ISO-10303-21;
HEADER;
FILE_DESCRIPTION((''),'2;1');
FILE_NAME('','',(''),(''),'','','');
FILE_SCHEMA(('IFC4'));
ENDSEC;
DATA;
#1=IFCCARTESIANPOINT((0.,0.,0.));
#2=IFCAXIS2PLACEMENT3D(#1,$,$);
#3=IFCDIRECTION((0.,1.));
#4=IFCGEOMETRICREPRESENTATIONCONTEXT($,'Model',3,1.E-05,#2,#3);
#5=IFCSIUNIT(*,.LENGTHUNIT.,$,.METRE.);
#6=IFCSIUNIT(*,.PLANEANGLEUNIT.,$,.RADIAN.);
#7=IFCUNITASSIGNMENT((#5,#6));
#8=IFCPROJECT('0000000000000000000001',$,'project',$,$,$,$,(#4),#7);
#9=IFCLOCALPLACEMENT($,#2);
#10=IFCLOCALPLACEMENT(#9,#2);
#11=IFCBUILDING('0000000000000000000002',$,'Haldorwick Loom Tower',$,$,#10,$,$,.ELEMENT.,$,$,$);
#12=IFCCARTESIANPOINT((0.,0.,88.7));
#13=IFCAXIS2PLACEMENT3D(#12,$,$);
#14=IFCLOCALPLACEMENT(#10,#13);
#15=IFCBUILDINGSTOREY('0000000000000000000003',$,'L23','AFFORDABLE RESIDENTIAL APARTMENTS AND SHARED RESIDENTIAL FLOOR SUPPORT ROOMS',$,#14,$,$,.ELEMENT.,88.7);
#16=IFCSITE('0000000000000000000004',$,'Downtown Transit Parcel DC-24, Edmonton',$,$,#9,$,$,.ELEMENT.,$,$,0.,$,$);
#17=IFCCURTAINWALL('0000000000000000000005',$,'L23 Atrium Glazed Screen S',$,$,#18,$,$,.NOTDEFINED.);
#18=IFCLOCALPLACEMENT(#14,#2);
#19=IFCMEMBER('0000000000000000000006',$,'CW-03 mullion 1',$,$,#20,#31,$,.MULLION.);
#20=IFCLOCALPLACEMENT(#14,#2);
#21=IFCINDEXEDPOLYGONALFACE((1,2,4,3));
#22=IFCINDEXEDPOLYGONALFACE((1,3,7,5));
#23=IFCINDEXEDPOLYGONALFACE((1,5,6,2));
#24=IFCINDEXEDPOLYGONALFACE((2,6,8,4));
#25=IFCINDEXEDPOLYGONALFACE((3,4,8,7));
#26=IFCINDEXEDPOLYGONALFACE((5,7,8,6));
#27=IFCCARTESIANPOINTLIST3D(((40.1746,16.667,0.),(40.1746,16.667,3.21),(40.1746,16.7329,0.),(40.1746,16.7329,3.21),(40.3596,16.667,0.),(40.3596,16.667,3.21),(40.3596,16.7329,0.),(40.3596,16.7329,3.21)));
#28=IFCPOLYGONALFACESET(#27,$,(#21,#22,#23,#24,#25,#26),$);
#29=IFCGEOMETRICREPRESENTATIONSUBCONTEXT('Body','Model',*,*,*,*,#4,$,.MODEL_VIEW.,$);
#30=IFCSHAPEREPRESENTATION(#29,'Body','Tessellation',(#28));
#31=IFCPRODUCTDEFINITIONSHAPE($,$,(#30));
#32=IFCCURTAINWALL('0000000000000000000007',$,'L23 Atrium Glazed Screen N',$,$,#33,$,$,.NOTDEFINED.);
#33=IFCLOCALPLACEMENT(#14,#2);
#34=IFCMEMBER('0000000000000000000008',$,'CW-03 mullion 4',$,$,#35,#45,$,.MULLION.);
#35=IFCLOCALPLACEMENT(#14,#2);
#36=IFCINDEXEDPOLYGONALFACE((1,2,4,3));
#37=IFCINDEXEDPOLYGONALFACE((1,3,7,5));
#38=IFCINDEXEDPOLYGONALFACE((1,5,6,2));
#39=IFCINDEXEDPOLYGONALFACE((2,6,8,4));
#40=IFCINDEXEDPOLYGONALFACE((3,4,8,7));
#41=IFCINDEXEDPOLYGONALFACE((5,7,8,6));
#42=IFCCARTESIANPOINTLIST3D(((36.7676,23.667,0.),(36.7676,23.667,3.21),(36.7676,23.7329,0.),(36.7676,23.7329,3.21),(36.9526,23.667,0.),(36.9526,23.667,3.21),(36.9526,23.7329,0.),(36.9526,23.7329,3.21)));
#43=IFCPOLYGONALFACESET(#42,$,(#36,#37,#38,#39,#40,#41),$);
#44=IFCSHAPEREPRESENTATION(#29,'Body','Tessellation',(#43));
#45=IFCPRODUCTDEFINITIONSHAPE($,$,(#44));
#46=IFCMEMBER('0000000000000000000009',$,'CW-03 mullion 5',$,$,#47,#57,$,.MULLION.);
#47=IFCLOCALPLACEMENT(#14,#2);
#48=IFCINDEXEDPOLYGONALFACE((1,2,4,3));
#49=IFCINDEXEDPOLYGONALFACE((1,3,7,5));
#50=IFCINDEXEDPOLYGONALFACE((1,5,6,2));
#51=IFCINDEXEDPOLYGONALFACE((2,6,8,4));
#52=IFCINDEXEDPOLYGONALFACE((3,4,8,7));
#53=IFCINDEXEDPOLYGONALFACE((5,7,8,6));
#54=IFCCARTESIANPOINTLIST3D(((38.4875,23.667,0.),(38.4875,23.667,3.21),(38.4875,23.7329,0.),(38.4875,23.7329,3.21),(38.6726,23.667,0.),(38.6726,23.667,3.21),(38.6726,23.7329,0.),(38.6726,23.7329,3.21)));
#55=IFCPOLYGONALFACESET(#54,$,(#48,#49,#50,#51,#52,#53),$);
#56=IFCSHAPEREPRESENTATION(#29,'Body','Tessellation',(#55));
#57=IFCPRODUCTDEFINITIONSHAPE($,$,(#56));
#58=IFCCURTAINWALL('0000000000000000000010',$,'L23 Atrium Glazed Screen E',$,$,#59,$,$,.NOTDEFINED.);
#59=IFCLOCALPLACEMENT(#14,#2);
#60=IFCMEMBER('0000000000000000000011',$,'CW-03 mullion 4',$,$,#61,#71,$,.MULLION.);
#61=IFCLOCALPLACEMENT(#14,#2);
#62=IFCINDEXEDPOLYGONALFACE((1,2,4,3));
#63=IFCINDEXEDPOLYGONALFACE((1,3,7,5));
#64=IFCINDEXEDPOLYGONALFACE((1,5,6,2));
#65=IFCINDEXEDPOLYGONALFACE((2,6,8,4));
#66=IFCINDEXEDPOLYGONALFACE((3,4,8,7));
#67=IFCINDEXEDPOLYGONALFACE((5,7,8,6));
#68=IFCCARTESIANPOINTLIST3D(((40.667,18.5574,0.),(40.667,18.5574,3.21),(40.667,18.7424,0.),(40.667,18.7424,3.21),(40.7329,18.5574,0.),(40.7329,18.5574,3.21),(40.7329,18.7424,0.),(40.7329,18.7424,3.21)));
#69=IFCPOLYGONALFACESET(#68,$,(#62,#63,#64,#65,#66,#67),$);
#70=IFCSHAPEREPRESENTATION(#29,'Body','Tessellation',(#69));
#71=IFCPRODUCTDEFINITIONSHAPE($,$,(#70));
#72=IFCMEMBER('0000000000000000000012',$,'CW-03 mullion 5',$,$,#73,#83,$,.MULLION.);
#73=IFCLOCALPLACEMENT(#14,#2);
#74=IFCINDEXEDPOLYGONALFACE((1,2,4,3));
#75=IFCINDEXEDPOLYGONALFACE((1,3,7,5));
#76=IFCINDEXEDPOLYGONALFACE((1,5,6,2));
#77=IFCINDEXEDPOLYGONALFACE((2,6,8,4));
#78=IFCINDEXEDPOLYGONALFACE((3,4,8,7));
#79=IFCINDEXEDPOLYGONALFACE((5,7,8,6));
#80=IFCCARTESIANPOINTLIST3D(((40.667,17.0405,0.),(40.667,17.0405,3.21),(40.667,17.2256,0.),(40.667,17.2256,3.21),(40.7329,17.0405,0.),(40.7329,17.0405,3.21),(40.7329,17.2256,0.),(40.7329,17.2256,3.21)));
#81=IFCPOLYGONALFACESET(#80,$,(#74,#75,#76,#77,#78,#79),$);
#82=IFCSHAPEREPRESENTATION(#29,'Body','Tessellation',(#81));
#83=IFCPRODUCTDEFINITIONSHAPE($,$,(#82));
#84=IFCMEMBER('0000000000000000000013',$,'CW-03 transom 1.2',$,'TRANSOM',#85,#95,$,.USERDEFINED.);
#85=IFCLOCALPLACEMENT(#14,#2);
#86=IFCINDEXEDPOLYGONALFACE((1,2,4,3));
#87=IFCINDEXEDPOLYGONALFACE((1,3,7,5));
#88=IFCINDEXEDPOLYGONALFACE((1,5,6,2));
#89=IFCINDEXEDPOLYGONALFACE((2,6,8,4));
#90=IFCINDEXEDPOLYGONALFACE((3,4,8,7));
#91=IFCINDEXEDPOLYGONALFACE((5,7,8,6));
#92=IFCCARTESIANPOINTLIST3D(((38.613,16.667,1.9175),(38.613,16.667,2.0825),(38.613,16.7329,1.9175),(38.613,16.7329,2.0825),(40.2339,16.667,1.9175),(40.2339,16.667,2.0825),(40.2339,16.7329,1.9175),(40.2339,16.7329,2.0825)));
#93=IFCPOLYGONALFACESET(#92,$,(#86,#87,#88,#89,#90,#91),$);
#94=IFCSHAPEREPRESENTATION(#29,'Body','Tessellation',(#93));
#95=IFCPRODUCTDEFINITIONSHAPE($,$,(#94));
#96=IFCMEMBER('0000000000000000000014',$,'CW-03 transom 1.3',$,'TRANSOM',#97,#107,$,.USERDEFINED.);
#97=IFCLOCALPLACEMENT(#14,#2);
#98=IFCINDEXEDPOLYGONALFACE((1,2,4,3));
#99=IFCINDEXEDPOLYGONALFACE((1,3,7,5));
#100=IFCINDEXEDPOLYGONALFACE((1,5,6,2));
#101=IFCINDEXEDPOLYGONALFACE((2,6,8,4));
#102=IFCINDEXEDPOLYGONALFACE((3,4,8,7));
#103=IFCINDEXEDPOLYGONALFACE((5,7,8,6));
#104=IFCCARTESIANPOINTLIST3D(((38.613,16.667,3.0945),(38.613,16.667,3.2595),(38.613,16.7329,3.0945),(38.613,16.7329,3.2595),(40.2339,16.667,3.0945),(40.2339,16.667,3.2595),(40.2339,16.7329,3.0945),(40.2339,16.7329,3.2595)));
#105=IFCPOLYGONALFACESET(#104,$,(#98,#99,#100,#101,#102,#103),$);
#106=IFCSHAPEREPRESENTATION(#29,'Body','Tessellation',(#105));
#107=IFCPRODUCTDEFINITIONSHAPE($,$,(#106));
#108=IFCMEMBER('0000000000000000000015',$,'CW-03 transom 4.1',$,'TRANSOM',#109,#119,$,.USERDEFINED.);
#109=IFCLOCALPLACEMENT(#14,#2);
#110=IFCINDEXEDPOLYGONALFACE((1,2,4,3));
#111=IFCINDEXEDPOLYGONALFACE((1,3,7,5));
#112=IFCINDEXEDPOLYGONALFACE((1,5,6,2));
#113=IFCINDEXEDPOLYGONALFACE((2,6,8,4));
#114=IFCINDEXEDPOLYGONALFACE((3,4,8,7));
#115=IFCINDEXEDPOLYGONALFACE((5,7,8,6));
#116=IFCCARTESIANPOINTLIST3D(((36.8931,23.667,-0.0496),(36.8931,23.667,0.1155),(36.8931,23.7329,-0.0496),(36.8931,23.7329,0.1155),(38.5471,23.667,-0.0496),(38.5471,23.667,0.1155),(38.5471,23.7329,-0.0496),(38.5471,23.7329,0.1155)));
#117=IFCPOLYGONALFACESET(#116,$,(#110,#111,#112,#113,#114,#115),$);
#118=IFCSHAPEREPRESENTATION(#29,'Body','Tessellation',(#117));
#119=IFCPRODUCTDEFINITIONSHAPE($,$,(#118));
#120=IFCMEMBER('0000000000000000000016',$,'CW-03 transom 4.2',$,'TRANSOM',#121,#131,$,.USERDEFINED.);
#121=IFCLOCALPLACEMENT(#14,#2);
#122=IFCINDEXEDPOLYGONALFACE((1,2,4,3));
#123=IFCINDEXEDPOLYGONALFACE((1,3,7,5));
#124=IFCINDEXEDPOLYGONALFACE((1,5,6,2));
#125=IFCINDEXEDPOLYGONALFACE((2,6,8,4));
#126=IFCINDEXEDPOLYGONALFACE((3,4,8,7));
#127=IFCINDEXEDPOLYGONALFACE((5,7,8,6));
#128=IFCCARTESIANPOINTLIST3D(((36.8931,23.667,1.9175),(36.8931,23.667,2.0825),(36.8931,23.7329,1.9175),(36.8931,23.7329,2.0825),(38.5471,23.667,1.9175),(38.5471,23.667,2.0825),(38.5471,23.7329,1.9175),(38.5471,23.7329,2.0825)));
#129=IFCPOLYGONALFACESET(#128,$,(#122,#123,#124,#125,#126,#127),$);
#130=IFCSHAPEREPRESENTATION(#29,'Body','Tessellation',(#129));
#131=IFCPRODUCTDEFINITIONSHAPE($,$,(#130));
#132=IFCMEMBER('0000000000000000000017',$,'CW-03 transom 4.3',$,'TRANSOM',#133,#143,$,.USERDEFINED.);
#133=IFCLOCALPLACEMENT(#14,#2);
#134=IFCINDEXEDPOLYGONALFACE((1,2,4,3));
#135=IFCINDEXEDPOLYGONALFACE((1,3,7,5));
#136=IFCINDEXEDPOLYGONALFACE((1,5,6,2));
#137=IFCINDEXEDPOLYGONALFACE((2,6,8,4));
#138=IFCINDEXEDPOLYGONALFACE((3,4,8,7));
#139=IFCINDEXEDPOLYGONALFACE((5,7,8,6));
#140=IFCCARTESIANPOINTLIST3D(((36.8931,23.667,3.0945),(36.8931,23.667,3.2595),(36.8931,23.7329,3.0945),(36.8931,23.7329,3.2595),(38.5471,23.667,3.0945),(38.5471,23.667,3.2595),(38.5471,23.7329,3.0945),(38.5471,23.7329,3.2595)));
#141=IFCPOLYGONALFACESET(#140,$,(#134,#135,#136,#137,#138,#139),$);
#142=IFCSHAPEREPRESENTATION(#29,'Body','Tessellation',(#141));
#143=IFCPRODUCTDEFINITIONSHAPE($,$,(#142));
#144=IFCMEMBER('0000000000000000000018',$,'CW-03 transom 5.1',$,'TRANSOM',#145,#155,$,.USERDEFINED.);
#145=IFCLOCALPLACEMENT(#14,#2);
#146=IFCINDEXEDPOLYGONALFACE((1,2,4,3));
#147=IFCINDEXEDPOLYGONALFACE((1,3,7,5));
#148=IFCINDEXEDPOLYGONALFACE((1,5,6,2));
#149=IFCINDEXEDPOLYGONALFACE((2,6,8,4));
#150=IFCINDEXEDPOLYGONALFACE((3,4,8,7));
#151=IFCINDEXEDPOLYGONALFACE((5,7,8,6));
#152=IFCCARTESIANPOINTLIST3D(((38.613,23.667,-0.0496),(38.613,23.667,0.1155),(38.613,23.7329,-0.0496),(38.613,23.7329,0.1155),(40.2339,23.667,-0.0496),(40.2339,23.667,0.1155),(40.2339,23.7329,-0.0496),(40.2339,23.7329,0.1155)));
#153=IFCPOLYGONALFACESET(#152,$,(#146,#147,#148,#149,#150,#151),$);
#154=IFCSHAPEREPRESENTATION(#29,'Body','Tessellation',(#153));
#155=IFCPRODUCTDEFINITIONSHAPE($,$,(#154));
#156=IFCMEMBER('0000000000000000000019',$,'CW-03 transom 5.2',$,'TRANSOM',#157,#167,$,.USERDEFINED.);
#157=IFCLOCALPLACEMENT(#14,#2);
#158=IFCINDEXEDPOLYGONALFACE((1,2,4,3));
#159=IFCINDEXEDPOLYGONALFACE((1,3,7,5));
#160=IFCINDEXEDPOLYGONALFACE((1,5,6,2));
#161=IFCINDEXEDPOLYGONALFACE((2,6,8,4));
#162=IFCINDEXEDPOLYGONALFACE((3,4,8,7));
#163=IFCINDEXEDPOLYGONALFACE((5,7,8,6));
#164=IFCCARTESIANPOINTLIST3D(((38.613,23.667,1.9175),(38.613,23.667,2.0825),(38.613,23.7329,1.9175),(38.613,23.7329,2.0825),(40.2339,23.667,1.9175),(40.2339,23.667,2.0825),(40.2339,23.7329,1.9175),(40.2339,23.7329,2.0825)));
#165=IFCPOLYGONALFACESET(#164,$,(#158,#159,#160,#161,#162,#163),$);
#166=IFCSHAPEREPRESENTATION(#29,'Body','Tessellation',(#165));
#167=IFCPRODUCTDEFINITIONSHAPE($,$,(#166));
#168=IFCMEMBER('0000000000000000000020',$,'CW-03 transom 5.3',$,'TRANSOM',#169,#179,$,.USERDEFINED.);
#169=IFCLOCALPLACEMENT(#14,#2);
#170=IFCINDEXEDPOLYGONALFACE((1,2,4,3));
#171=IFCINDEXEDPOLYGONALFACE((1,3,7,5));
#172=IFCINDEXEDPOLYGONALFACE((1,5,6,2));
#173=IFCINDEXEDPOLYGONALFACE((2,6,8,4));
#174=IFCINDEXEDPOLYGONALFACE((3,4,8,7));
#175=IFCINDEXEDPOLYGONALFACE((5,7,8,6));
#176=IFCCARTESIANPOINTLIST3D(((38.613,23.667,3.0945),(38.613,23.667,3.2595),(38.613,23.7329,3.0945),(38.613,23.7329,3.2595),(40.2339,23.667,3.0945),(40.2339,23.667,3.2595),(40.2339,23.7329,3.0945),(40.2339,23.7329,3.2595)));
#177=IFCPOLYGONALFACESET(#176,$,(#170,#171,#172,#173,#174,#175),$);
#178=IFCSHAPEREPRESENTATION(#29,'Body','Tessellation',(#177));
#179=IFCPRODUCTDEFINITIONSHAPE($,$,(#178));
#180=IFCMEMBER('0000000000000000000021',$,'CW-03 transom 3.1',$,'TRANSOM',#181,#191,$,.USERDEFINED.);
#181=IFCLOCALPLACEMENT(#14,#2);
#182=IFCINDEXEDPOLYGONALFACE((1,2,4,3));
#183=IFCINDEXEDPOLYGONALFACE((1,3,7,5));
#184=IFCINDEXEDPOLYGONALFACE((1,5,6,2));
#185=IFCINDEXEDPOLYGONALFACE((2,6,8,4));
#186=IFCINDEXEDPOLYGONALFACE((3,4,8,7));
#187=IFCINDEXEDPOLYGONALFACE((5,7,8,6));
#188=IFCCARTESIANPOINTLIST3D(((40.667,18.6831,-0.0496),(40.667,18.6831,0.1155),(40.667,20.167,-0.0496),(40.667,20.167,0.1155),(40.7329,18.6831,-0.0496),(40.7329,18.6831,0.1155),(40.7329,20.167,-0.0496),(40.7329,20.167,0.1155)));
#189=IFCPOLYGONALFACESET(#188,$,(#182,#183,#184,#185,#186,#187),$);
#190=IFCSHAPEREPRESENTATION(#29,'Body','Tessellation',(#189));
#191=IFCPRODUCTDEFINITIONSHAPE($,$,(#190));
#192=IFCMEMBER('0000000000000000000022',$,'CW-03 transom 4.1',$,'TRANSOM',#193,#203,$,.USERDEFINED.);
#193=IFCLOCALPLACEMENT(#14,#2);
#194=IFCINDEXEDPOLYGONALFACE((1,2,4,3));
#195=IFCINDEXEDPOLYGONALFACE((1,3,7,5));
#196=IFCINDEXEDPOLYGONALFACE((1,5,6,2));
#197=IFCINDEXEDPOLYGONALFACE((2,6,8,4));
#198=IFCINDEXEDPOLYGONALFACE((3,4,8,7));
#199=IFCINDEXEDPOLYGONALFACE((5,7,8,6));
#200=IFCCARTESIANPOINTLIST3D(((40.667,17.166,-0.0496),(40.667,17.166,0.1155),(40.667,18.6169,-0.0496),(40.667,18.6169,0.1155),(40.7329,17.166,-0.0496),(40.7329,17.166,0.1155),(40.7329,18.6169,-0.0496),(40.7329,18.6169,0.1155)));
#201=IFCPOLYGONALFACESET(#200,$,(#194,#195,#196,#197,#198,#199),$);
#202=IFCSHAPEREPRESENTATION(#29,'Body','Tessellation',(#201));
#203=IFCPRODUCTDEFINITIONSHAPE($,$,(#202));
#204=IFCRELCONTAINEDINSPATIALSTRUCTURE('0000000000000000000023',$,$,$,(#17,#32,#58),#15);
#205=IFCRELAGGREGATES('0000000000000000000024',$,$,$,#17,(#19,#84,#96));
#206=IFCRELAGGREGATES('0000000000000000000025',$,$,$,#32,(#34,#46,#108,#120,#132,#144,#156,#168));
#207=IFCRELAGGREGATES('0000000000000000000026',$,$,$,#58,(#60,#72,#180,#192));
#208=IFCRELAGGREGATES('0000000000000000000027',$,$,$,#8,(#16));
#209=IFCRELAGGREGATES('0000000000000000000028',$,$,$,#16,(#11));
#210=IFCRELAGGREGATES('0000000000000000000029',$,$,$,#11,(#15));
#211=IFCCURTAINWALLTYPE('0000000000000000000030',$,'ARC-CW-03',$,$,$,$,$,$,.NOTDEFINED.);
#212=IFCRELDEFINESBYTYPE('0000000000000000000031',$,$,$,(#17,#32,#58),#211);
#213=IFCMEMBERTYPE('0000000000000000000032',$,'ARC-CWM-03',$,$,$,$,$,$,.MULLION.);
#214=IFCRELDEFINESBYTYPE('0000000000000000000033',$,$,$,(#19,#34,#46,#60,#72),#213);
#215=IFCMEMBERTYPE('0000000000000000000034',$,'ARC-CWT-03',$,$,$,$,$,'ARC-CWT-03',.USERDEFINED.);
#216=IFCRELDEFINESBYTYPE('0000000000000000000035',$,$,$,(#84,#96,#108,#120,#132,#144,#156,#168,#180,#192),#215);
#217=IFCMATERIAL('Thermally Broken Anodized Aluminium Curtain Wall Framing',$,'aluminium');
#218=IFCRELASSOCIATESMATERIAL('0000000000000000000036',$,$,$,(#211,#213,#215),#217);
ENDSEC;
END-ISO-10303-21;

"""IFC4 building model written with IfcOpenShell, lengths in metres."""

from ifc_helpers import new_model, si_unit, direction, frame, origin, origin_2d, place, context, subcontext, project, spatial, rectangle, extrude, material, material_profile, profile_set, type_object, element, aggregate, save


model = new_model("IFC4")

# Units and contexts
model_context = context("Model", 3, precision=1e-05, world=origin(), true_north=direction((0.0, 1.0)))
body_context = subcontext(model_context, "Body", "Model", "MODEL_VIEW")
ifc_project = project(units=[si_unit("LENGTHUNIT", "METRE"), si_unit("PLANEANGLEUNIT", "RADIAN")], contexts=[model_context])

# Site, building, storey
site_placement = place(None, origin())
site = spatial("IfcSite", under=ifc_project, at=site_placement, Name="Downtown Transit Parcel DC-24, Edmonton", CompositionType="ELEMENT", RefElevation=0.0)
building_placement = place(site_placement, origin())
building = spatial("IfcBuilding", under=site, at=building_placement, Name="Haldorwick Loom Tower", CompositionType="ELEMENT")
storey_placement = place(building_placement, frame((0.0, 0.0, 88.7)))
storey = spatial("IfcBuildingStorey", under=building, at=storey_placement, Name="L23", Description="AFFORDABLE RESIDENTIAL APARTMENTS AND SHARED RESIDENTIAL FLOOR SUPPORT ROOMS", CompositionType="ELEMENT", Elevation=88.7)

# Curtain wall, member
ifc_material_1 = material(Name="Thermally Broken Anodized Aluminium Curtain Wall Framing", Category="aluminium")
curtain_wall_type = type_object("IfcCurtainWallType", Name="ARC-CW-03", PredefinedType="NOTDEFINED", material=ifc_material_1)
curtain_wall_1_placement = place(storey_placement, origin())
curtain_wall_1 = element("IfcCurtainWall", 1, at=curtain_wall_1_placement, inside=storey, type_object=curtain_wall_type, Name="L23 Atrium Glazed Screen S", PredefinedType="NOTDEFINED")
ifc_material_profile_1 = material_profile(ifc_material_1, rectangle(XDim=0.0659, YDim=0.1851, at=origin_2d()), Name="ALU_MUL_66X185", Category="aluminium")
ifc_profile_set_1 = profile_set([ifc_material_profile_1], Name="Thermally Broken Anodized Aluminium Curtain Wall Framing")
member_type_1 = type_object("IfcMemberType", Name="ARC-CWM-03", PredefinedType="MULLION", material=ifc_profile_set_1)
member_1_placement = place(storey_placement, frame((40.2671, 16.7, 0.0), z_axis=(0.0, 0.0, 1.0), x_axis=(0.0, -1.0, 0.0)))
member_1 = element("IfcMember", 2, at=member_1_placement, type_object=member_type_1, Name="CW-03 mullion 1", PredefinedType="MULLION", context=body_context, shape_type="SweptSolid", body=[
    extrude(rectangle(XDim=0.0659, YDim=0.1851, at=origin_2d()), origin(), (0.0, 0.0, 1.0), 3.21),
])

# Curtain walls, members
curtain_wall_2_placement = place(storey_placement, origin())
curtain_wall_2 = element("IfcCurtainWall", 3, at=curtain_wall_2_placement, inside=storey, type_object=curtain_wall_type, Name="L23 Atrium Glazed Screen N", PredefinedType="NOTDEFINED")
member_2_placement = place(storey_placement, frame((36.8601, 23.7, 0.0), z_axis=(0.0, 0.0, 1.0), x_axis=(0.0, 1.0, 0.0)))
member_2 = element("IfcMember", 4, at=member_2_placement, type_object=member_type_1, Name="CW-03 mullion 4", PredefinedType="MULLION", context=body_context, shape_type="SweptSolid", body=[
    extrude(rectangle(XDim=0.0659, YDim=0.1851, at=origin_2d()), origin(), (0.0, 0.0, 1.0), 3.21),
])
member_3_placement = place(storey_placement, frame((38.5801, 23.7, 0.0), z_axis=(0.0, 0.0, 1.0), x_axis=(0.0, 1.0, 0.0)))
member_3 = element("IfcMember", 5, at=member_3_placement, type_object=member_type_1, Name="CW-03 mullion 5", PredefinedType="MULLION", context=body_context, shape_type="SweptSolid", body=[
    extrude(rectangle(XDim=0.0659, YDim=0.1851, at=origin_2d()), origin(), (0.0, 0.0, 1.0), 3.21),
])
curtain_wall_3_placement = place(storey_placement, origin())
curtain_wall_3 = element("IfcCurtainWall", 6, at=curtain_wall_3_placement, inside=storey, type_object=curtain_wall_type, Name="L23 Atrium Glazed Screen E", PredefinedType="NOTDEFINED")
member_4_placement = place(storey_placement, frame((40.7, 18.6499, 0.0), z_axis=(0.0, 0.0, 1.0), x_axis=(1.0, 0.0, 0.0)))
member_4 = element("IfcMember", 7, at=member_4_placement, type_object=member_type_1, Name="CW-03 mullion 4", PredefinedType="MULLION", context=body_context, shape_type="SweptSolid", body=[
    extrude(rectangle(XDim=0.0659, YDim=0.1851, at=origin_2d()), origin(), (0.0, 0.0, 1.0), 3.21),
])
member_5_placement = place(storey_placement, frame((40.7, 17.1331, 0.0), z_axis=(0.0, 0.0, 1.0), x_axis=(1.0, 0.0, 0.0)))
member_5 = element("IfcMember", 8, at=member_5_placement, type_object=member_type_1, Name="CW-03 mullion 5", PredefinedType="MULLION", context=body_context, shape_type="SweptSolid", body=[
    extrude(rectangle(XDim=0.0659, YDim=0.1851, at=origin_2d()), origin(), (0.0, 0.0, 1.0), 3.21),
])

# Members
ifc_material_profile_2 = material_profile(ifc_material_1, rectangle(XDim=0.0659, YDim=0.165, at=origin_2d()), Name="ALU_TRN_66X165", Category="aluminium")
ifc_profile_set_2 = profile_set([ifc_material_profile_2], Name="Thermally Broken Anodized Aluminium Curtain Wall Framing")
member_type_2 = type_object("IfcMemberType", Name="ARC-CWT-03", ElementType="ARC-CWT-03", PredefinedType="USERDEFINED", material=ifc_profile_set_2)
member_6_placement = place(storey_placement, frame((40.2339, 16.7, 2.0), z_axis=(-1.0, 0.0, 0.0), x_axis=(0.0, -1.0, 0.0)))
member_6 = element("IfcMember", 9, at=member_6_placement, type_object=member_type_2, Name="CW-03 transom 1.2", ObjectType="TRANSOM", PredefinedType="USERDEFINED", context=body_context, shape_type="SweptSolid", body=[
    extrude(rectangle(XDim=0.0659, YDim=0.165, at=origin_2d()), origin(), (0.0, 0.0, 1.0), 1.6208),
])
member_7_placement = place(storey_placement, frame((40.2339, 16.7, 3.177), z_axis=(-1.0, 0.0, 0.0), x_axis=(0.0, -1.0, 0.0)))
member_7 = element("IfcMember", 10, at=member_7_placement, type_object=member_type_2, Name="CW-03 transom 1.3", ObjectType="TRANSOM", PredefinedType="USERDEFINED", context=body_context, shape_type="SweptSolid", body=[
    extrude(rectangle(XDim=0.0659, YDim=0.165, at=origin_2d()), origin(), (0.0, 0.0, 1.0), 1.6208),
])
aggregate(curtain_wall_1, [member_1, member_6, member_7])
member_8_placement = place(storey_placement, frame((36.8931, 23.7, 0.033), z_axis=(1.0, 0.0, 0.0), x_axis=(0.0, 1.0, 0.0)))
member_8 = element("IfcMember", 11, at=member_8_placement, type_object=member_type_2, Name="CW-03 transom 4.1", ObjectType="TRANSOM", PredefinedType="USERDEFINED", context=body_context, shape_type="SweptSolid", body=[
    extrude(rectangle(XDim=0.0659, YDim=0.165, at=origin_2d()), origin(), (0.0, 0.0, 1.0), 1.6541),
])
member_9_placement = place(storey_placement, frame((36.8931, 23.7, 2.0), z_axis=(1.0, 0.0, 0.0), x_axis=(0.0, 1.0, 0.0)))
member_9 = element("IfcMember", 12, at=member_9_placement, type_object=member_type_2, Name="CW-03 transom 4.2", ObjectType="TRANSOM", PredefinedType="USERDEFINED", context=body_context, shape_type="SweptSolid", body=[
    extrude(rectangle(XDim=0.0659, YDim=0.165, at=origin_2d()), origin(), (0.0, 0.0, 1.0), 1.6541),
])
member_10_placement = place(storey_placement, frame((36.8931, 23.7, 3.177), z_axis=(1.0, 0.0, 0.0), x_axis=(0.0, 1.0, 0.0)))
member_10 = element("IfcMember", 13, at=member_10_placement, type_object=member_type_2, Name="CW-03 transom 4.3", ObjectType="TRANSOM", PredefinedType="USERDEFINED", context=body_context, shape_type="SweptSolid", body=[
    extrude(rectangle(XDim=0.0659, YDim=0.165, at=origin_2d()), origin(), (0.0, 0.0, 1.0), 1.6541),
])
member_11_placement = place(storey_placement, frame((38.613, 23.7, 0.033), z_axis=(1.0, 0.0, 0.0), x_axis=(0.0, 1.0, 0.0)))
member_11 = element("IfcMember", 14, at=member_11_placement, type_object=member_type_2, Name="CW-03 transom 5.1", ObjectType="TRANSOM", PredefinedType="USERDEFINED", context=body_context, shape_type="SweptSolid", body=[
    extrude(rectangle(XDim=0.0659, YDim=0.165, at=origin_2d()), origin(), (0.0, 0.0, 1.0), 1.6208),
])
member_12_placement = place(storey_placement, frame((38.613, 23.7, 2.0), z_axis=(1.0, 0.0, 0.0), x_axis=(0.0, 1.0, 0.0)))
member_12 = element("IfcMember", 15, at=member_12_placement, type_object=member_type_2, Name="CW-03 transom 5.2", ObjectType="TRANSOM", PredefinedType="USERDEFINED", context=body_context, shape_type="SweptSolid", body=[
    extrude(rectangle(XDim=0.0659, YDim=0.165, at=origin_2d()), origin(), (0.0, 0.0, 1.0), 1.6208),
])
member_13_placement = place(storey_placement, frame((38.613, 23.7, 3.177), z_axis=(1.0, 0.0, 0.0), x_axis=(0.0, 1.0, 0.0)))
member_13 = element("IfcMember", 16, at=member_13_placement, type_object=member_type_2, Name="CW-03 transom 5.3", ObjectType="TRANSOM", PredefinedType="USERDEFINED", context=body_context, shape_type="SweptSolid", body=[
    extrude(rectangle(XDim=0.0659, YDim=0.165, at=origin_2d()), origin(), (0.0, 0.0, 1.0), 1.6208),
])
member_14_placement = place(storey_placement, frame((40.7, 20.167, 0.033), z_axis=(0.0, -1.0, 0.0), x_axis=(1.0, 0.0, 0.0)))
member_14 = element("IfcMember", 17, at=member_14_placement, type_object=member_type_2, Name="CW-03 transom 3.1", ObjectType="TRANSOM", PredefinedType="USERDEFINED", context=body_context, shape_type="SweptSolid", body=[
    extrude(rectangle(XDim=0.0659, YDim=0.165, at=origin_2d()), origin(), (0.0, 0.0, 1.0), 1.4839),
])
member_15_placement = place(storey_placement, frame((40.7, 18.6169, 0.033), z_axis=(0.0, -1.0, 0.0), x_axis=(1.0, 0.0, 0.0)))
member_15 = element("IfcMember", 18, at=member_15_placement, type_object=member_type_2, Name="CW-03 transom 4.1", ObjectType="TRANSOM", PredefinedType="USERDEFINED", context=body_context, shape_type="SweptSolid", body=[
    extrude(rectangle(XDim=0.0659, YDim=0.165, at=origin_2d()), origin(), (0.0, 0.0, 1.0), 1.4509),
])

aggregate(curtain_wall_2, [member_2, member_3, member_8, member_9, member_10, member_11, member_12, member_13])
aggregate(curtain_wall_3, [member_4, member_5, member_14, member_15])

save(model, "model.ifc")
